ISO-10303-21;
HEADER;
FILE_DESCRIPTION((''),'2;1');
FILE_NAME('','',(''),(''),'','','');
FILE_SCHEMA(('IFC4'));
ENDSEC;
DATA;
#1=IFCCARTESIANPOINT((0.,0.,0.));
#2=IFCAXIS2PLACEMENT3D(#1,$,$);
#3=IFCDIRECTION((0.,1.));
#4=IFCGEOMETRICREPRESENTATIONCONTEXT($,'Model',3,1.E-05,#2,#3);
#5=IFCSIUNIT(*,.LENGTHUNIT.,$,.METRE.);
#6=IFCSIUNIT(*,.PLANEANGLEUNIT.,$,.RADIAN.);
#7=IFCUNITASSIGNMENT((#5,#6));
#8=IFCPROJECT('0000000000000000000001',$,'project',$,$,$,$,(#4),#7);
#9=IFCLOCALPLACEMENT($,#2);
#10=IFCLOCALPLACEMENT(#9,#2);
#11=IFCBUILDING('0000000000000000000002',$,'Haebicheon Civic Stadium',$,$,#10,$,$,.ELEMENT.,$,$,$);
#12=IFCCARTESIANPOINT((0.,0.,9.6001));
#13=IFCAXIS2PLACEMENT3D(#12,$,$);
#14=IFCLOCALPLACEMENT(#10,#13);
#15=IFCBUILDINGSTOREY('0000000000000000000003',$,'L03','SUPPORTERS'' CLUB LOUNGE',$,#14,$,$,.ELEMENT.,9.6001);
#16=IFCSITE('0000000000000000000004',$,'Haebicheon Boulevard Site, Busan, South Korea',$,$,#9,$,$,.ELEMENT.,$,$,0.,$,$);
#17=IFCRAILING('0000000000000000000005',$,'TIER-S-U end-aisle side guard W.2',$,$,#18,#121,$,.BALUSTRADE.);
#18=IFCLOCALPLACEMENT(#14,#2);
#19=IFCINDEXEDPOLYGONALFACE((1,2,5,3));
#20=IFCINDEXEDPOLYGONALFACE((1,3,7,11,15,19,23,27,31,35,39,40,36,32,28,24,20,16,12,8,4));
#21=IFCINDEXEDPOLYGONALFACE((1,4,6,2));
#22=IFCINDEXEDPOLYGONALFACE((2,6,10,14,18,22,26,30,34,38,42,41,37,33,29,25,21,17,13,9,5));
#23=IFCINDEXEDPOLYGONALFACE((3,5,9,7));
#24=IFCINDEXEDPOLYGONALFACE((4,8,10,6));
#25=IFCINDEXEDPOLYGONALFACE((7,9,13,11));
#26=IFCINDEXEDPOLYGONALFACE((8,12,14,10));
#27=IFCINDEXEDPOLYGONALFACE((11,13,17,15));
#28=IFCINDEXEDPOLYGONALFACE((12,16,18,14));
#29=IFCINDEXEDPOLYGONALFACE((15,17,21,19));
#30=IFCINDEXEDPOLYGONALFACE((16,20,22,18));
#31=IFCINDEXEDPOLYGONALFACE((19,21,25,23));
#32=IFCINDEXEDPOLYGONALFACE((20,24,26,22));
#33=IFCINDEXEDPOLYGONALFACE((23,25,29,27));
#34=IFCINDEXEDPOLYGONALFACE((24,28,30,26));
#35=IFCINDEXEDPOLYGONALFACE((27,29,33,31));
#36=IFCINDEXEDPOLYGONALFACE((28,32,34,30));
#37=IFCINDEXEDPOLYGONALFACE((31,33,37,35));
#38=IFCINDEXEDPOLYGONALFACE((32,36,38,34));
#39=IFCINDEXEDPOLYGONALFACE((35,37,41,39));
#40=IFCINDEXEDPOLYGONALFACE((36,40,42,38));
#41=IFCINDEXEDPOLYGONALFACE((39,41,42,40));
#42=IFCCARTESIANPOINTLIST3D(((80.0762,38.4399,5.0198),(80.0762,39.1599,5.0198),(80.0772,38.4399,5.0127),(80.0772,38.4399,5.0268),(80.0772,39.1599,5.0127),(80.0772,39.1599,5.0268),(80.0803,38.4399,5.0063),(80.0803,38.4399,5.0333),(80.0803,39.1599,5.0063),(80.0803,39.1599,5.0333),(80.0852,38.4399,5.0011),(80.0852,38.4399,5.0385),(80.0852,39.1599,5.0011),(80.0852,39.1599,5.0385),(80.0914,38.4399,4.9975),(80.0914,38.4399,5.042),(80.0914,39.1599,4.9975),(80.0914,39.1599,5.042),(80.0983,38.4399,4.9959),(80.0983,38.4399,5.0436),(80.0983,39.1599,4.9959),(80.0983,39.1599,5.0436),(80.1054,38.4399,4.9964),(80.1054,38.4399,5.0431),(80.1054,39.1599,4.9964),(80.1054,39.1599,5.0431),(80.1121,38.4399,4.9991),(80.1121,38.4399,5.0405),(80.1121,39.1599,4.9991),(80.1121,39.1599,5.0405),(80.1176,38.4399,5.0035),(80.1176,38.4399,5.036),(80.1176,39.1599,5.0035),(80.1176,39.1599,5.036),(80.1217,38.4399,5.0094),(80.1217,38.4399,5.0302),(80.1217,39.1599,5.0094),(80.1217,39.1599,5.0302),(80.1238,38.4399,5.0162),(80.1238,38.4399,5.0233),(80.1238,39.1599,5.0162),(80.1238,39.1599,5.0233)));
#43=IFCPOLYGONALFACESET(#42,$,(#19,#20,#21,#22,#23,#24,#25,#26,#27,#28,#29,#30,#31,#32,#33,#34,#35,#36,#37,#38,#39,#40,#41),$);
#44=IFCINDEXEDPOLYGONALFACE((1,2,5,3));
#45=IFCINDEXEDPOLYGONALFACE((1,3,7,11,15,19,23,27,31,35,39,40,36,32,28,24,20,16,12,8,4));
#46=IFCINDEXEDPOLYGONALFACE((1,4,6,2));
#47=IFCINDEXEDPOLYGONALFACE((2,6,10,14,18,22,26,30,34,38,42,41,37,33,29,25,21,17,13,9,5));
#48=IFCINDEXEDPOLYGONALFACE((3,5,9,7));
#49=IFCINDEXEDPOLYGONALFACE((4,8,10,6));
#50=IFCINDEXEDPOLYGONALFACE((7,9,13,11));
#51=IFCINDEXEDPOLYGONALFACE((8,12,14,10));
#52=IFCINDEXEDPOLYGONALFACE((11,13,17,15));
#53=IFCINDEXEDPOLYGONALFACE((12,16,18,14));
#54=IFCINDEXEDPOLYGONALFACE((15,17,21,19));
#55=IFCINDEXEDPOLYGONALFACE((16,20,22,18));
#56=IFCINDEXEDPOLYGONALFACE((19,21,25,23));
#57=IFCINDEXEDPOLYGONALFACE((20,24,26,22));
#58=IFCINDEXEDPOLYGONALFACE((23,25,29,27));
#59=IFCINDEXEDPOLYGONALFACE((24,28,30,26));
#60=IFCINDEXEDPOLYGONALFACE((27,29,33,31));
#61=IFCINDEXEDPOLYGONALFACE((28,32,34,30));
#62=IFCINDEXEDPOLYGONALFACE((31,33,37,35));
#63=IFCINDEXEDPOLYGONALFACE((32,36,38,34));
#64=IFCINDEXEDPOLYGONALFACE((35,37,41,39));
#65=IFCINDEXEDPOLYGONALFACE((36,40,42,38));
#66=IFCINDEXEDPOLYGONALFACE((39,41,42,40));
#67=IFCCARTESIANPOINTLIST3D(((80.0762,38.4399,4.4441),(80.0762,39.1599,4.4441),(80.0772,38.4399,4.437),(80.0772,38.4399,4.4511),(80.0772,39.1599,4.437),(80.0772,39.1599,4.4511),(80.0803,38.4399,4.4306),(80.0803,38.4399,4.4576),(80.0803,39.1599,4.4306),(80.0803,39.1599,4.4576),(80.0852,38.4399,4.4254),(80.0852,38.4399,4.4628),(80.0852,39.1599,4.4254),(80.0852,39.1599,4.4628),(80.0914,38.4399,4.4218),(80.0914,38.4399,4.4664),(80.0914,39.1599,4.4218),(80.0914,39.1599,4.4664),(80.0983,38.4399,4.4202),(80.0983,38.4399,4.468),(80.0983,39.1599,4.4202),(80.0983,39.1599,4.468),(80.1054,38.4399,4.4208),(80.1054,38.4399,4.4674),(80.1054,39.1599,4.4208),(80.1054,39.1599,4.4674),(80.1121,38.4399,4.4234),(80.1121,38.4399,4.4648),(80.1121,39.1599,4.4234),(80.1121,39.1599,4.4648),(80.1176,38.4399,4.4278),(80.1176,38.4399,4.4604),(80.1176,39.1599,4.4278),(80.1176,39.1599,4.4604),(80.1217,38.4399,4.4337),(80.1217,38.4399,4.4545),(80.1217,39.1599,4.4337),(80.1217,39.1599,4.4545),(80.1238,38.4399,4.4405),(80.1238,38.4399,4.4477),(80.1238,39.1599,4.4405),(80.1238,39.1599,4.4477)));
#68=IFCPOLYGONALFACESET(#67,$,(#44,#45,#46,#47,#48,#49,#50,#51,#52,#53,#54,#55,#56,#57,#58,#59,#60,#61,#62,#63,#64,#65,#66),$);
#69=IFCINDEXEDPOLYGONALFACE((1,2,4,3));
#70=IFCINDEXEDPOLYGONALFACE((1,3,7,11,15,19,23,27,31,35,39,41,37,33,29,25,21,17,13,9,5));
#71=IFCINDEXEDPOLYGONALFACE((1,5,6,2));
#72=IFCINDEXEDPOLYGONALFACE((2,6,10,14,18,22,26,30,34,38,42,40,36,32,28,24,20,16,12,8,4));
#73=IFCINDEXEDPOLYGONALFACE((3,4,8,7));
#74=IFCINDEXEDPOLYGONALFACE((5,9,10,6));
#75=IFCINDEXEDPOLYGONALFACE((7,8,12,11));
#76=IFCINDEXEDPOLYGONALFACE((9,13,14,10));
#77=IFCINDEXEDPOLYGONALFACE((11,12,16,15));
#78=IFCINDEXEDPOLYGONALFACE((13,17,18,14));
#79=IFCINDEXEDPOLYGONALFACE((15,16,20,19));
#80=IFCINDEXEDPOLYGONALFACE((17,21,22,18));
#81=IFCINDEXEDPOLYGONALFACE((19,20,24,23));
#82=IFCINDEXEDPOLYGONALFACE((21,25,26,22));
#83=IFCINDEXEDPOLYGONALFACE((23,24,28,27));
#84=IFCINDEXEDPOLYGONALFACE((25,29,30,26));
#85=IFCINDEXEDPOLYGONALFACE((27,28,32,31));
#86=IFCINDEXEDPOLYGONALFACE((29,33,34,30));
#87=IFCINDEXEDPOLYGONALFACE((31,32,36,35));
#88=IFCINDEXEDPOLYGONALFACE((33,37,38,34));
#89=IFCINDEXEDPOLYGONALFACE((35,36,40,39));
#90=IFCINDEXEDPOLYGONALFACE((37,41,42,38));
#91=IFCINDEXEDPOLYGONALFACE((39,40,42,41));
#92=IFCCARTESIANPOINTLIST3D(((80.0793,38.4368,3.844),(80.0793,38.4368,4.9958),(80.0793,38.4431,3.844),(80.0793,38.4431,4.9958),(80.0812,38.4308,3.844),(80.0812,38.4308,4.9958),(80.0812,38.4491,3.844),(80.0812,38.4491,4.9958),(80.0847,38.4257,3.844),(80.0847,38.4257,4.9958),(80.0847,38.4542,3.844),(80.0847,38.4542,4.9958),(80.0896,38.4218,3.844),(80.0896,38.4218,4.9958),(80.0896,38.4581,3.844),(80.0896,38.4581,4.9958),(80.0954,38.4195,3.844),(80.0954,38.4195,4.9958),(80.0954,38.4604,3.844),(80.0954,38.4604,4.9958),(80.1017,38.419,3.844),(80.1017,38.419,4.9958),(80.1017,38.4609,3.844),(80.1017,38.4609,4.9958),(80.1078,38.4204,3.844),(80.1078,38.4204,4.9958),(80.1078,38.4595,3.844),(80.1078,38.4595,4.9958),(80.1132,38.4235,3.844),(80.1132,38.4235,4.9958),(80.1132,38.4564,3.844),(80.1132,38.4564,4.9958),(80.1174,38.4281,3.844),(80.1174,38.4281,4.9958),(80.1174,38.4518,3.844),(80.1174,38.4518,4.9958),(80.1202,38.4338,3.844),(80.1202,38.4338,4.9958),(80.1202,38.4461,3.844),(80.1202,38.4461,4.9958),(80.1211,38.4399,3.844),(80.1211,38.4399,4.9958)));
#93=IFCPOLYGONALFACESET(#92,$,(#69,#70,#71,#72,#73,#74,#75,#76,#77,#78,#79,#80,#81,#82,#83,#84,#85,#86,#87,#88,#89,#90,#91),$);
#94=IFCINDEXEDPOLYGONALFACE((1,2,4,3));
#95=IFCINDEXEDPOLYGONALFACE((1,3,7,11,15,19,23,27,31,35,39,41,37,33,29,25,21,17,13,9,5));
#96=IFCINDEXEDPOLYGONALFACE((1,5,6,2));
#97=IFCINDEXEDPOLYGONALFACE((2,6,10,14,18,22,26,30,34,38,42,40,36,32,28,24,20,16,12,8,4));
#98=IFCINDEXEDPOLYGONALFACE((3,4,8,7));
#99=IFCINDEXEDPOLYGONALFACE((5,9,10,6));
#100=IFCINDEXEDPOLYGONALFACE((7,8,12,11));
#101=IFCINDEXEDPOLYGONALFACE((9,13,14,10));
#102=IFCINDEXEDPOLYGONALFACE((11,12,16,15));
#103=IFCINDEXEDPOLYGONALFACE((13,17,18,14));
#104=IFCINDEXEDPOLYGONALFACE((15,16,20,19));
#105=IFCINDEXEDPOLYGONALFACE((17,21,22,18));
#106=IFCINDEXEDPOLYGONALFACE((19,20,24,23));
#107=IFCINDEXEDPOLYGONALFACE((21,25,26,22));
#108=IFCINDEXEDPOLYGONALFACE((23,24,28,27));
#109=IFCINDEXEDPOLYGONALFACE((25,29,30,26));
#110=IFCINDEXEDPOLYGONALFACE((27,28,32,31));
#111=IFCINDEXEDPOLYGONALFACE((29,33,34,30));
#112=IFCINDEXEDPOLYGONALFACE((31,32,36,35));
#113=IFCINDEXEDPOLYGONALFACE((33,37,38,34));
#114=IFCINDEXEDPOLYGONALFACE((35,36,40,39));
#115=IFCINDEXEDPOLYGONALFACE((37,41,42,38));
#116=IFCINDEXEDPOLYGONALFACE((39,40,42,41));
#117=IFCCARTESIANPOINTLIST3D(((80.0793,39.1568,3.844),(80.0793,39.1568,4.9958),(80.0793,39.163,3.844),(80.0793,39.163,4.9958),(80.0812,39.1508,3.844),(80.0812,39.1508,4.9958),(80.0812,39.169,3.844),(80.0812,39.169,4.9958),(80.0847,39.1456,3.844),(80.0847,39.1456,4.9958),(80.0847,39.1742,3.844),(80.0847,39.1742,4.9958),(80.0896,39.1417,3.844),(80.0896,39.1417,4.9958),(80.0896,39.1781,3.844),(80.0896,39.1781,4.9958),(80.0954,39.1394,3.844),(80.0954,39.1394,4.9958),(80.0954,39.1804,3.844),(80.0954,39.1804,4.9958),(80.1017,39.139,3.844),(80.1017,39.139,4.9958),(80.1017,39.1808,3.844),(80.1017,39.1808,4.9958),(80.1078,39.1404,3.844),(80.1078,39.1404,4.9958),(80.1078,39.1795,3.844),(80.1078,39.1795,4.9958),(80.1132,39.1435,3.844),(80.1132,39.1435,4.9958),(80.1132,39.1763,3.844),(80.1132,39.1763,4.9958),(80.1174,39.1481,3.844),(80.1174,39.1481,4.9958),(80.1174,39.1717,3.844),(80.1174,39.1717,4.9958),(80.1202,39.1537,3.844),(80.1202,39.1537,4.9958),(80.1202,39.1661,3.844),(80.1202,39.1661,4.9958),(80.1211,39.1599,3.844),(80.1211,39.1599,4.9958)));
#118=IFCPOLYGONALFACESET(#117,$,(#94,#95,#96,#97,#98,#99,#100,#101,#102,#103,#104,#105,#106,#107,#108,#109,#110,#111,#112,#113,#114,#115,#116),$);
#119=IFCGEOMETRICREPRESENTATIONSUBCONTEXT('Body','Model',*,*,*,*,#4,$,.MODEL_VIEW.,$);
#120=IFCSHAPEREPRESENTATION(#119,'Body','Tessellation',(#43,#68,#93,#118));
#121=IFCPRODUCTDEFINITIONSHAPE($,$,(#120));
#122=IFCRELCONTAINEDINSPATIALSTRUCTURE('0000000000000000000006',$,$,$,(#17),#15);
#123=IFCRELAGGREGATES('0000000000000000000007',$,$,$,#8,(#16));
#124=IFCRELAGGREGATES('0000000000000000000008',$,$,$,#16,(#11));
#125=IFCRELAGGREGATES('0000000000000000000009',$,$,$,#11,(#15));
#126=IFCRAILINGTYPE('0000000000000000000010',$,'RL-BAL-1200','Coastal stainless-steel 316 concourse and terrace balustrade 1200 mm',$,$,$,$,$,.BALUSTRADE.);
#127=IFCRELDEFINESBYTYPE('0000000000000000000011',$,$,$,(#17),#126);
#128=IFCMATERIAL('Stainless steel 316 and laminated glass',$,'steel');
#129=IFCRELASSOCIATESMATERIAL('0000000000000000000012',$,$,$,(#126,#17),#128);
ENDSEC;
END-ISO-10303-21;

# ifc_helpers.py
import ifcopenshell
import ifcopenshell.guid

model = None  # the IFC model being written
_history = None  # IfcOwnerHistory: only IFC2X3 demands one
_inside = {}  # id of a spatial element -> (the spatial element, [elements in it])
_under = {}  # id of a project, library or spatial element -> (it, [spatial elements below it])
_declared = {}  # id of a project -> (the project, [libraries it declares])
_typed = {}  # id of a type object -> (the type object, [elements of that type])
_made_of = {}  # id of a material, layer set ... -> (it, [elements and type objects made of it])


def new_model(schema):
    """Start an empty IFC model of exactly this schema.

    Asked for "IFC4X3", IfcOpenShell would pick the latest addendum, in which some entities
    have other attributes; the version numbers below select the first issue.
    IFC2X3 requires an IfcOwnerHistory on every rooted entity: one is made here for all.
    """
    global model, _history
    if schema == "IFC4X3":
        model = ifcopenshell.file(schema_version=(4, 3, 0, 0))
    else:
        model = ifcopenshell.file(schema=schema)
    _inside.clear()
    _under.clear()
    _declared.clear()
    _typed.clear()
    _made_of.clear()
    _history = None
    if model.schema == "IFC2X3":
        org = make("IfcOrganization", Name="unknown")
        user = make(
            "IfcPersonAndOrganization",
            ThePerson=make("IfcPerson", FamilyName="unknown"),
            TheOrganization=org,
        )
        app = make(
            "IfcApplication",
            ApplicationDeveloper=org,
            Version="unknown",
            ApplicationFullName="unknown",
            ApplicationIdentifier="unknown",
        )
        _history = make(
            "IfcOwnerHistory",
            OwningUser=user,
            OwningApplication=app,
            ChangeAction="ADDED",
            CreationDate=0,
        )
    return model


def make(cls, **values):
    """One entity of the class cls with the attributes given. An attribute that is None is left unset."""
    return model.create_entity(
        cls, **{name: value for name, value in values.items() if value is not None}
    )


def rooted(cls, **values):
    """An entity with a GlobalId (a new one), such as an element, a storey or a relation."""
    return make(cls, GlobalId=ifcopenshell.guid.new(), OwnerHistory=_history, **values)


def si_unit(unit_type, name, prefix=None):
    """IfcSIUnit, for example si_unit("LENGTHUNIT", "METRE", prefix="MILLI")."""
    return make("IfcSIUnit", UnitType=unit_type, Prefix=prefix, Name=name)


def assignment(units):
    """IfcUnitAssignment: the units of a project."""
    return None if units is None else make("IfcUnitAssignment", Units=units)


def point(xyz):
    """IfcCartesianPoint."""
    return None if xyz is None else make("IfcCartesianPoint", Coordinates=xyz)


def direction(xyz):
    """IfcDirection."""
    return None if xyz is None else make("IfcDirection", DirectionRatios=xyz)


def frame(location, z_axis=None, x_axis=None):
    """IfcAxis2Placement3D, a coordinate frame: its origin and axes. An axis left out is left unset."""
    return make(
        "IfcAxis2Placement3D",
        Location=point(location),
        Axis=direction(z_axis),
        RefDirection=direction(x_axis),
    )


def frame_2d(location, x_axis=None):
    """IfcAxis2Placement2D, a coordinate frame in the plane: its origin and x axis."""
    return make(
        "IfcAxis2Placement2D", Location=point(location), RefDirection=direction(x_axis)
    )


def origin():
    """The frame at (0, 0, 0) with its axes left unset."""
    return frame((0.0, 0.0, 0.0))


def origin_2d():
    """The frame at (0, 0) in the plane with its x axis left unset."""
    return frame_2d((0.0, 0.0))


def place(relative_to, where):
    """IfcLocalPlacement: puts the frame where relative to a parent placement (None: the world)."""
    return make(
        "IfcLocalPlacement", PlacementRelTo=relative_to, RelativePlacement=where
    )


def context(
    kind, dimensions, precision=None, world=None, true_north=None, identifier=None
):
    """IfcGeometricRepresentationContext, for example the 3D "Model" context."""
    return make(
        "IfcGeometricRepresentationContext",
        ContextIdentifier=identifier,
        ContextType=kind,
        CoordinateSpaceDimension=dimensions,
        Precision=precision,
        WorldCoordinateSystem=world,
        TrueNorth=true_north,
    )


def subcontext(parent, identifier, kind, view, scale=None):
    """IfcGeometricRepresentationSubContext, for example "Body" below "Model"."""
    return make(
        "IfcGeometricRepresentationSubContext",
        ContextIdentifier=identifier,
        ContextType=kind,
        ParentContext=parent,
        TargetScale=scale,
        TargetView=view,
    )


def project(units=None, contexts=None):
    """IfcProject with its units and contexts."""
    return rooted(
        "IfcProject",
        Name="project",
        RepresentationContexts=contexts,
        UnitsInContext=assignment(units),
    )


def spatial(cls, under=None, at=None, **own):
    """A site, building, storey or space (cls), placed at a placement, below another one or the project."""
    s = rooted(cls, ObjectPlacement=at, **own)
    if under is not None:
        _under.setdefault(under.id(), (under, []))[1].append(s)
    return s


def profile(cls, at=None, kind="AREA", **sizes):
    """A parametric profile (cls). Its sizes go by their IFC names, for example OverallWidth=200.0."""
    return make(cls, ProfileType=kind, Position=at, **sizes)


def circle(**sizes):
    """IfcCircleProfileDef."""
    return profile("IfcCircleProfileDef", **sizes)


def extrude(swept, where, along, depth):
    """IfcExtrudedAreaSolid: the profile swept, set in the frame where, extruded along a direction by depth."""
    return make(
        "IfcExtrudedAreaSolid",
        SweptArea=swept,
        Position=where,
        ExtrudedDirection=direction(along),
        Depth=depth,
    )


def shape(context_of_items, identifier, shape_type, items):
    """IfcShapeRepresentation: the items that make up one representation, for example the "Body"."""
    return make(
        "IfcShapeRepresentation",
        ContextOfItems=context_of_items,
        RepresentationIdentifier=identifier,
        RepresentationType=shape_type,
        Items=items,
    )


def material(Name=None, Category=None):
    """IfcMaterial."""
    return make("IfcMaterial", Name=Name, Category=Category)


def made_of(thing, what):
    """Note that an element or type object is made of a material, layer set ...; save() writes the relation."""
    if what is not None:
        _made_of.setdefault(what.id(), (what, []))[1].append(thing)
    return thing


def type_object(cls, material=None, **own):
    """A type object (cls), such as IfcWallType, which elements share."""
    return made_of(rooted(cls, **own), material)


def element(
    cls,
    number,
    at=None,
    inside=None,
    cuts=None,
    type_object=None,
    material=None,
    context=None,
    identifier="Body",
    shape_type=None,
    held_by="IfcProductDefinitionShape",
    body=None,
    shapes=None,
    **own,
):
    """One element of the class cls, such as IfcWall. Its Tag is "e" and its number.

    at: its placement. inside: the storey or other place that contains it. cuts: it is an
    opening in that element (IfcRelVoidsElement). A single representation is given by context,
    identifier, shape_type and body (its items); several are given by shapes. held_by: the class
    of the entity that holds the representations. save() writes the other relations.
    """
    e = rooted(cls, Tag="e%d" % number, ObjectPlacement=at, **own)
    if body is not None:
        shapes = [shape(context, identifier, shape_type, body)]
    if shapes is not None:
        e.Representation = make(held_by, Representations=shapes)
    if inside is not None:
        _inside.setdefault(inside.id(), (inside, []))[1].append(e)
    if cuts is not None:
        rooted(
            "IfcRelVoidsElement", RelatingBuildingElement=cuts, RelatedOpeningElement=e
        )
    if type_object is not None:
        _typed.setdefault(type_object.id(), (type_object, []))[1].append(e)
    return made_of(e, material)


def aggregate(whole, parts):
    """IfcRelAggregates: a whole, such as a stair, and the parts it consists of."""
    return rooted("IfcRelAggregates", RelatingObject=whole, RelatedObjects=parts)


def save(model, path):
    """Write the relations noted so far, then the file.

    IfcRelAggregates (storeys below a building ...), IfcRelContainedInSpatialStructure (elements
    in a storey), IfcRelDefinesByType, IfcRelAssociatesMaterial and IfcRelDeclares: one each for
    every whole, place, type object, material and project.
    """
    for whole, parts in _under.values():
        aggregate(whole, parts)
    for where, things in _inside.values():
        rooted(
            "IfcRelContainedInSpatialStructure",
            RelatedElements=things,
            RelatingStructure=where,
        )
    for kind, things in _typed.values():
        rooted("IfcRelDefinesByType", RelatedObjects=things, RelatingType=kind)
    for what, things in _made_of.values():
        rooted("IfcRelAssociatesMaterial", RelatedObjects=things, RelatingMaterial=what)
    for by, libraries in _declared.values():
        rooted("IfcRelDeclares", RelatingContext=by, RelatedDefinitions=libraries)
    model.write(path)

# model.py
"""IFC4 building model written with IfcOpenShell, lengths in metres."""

from ifc_helpers import new_model, si_unit, direction, frame, origin, origin_2d, place, context, subcontext, project, spatial, circle, extrude, material, type_object, element, save


model = new_model("IFC4")

# Units and contexts
model_context = context("Model", 3, precision=1e-05, world=origin(), true_north=direction((0.0, 1.0)))
body_context = subcontext(model_context, "Body", "Model", "MODEL_VIEW")
ifc_project = project(units=[si_unit("LENGTHUNIT", "METRE"), si_unit("PLANEANGLEUNIT", "RADIAN")], contexts=[model_context])

# Site, building, storey
site_placement = place(None, origin())
site = spatial("IfcSite", under=ifc_project, at=site_placement, Name="Haebicheon Boulevard Site, Busan, South Korea", CompositionType="ELEMENT", RefElevation=0.0)
building_placement = place(site_placement, origin())
building = spatial("IfcBuilding", under=site, at=building_placement, Name="Haebicheon Civic Stadium", CompositionType="ELEMENT")
storey_placement = place(building_placement, frame((0.0, 0.0, 9.6001)))
storey = spatial("IfcBuildingStorey", under=building, at=storey_placement, Name="L03", Description="SUPPORTERS' CLUB LOUNGE", CompositionType="ELEMENT", Elevation=9.6001)

# Railing
ifc_material_1 = material(Name="Stainless steel 316 and laminated glass", Category="steel")
railing_type = type_object("IfcRailingType", Name="RL-BAL-1200", Description="Coastal stainless-steel 316 concourse and terrace balustrade 1200 mm", PredefinedType="BALUSTRADE", material=ifc_material_1)
for number, where, name in (
    (1, (80.1001, 38.4399, 3.844), "TIER-S-U end-aisle side guard W.2"),
):
    element("IfcRailing", number, at=place(storey_placement, frame(where)), inside=storey, type_object=railing_type, material=ifc_material_1, Name=name, PredefinedType="BALUSTRADE", context=body_context, shape_type="SweptSolid", body=[
        extrude(circle(Radius=0.0239, at=origin_2d()), frame((0.0, 0.0, 1.1758), z_axis=(0.0, 1.0, 0.0), x_axis=(-1.0, 0.0, 0.0)), (0.0, 0.0, 1.0), 0.72),
        extrude(circle(Radius=0.0239, at=origin_2d()), frame((0.0, 0.0, 0.6001), z_axis=(0.0, 1.0, 0.0), x_axis=(-1.0, 0.0, 0.0)), (0.0, 0.0, 1.0), 0.72),
        extrude(circle(Radius=0.021, at=origin_2d()), origin(), (0.0, 0.0, 1.0), 1.1519),
        extrude(circle(Radius=0.021, at=origin_2d()), frame((0.0, 0.72, 0.0)), (0.0, 0.0, 1.0), 1.1519),
    ])

save(model, "model.ifc")
